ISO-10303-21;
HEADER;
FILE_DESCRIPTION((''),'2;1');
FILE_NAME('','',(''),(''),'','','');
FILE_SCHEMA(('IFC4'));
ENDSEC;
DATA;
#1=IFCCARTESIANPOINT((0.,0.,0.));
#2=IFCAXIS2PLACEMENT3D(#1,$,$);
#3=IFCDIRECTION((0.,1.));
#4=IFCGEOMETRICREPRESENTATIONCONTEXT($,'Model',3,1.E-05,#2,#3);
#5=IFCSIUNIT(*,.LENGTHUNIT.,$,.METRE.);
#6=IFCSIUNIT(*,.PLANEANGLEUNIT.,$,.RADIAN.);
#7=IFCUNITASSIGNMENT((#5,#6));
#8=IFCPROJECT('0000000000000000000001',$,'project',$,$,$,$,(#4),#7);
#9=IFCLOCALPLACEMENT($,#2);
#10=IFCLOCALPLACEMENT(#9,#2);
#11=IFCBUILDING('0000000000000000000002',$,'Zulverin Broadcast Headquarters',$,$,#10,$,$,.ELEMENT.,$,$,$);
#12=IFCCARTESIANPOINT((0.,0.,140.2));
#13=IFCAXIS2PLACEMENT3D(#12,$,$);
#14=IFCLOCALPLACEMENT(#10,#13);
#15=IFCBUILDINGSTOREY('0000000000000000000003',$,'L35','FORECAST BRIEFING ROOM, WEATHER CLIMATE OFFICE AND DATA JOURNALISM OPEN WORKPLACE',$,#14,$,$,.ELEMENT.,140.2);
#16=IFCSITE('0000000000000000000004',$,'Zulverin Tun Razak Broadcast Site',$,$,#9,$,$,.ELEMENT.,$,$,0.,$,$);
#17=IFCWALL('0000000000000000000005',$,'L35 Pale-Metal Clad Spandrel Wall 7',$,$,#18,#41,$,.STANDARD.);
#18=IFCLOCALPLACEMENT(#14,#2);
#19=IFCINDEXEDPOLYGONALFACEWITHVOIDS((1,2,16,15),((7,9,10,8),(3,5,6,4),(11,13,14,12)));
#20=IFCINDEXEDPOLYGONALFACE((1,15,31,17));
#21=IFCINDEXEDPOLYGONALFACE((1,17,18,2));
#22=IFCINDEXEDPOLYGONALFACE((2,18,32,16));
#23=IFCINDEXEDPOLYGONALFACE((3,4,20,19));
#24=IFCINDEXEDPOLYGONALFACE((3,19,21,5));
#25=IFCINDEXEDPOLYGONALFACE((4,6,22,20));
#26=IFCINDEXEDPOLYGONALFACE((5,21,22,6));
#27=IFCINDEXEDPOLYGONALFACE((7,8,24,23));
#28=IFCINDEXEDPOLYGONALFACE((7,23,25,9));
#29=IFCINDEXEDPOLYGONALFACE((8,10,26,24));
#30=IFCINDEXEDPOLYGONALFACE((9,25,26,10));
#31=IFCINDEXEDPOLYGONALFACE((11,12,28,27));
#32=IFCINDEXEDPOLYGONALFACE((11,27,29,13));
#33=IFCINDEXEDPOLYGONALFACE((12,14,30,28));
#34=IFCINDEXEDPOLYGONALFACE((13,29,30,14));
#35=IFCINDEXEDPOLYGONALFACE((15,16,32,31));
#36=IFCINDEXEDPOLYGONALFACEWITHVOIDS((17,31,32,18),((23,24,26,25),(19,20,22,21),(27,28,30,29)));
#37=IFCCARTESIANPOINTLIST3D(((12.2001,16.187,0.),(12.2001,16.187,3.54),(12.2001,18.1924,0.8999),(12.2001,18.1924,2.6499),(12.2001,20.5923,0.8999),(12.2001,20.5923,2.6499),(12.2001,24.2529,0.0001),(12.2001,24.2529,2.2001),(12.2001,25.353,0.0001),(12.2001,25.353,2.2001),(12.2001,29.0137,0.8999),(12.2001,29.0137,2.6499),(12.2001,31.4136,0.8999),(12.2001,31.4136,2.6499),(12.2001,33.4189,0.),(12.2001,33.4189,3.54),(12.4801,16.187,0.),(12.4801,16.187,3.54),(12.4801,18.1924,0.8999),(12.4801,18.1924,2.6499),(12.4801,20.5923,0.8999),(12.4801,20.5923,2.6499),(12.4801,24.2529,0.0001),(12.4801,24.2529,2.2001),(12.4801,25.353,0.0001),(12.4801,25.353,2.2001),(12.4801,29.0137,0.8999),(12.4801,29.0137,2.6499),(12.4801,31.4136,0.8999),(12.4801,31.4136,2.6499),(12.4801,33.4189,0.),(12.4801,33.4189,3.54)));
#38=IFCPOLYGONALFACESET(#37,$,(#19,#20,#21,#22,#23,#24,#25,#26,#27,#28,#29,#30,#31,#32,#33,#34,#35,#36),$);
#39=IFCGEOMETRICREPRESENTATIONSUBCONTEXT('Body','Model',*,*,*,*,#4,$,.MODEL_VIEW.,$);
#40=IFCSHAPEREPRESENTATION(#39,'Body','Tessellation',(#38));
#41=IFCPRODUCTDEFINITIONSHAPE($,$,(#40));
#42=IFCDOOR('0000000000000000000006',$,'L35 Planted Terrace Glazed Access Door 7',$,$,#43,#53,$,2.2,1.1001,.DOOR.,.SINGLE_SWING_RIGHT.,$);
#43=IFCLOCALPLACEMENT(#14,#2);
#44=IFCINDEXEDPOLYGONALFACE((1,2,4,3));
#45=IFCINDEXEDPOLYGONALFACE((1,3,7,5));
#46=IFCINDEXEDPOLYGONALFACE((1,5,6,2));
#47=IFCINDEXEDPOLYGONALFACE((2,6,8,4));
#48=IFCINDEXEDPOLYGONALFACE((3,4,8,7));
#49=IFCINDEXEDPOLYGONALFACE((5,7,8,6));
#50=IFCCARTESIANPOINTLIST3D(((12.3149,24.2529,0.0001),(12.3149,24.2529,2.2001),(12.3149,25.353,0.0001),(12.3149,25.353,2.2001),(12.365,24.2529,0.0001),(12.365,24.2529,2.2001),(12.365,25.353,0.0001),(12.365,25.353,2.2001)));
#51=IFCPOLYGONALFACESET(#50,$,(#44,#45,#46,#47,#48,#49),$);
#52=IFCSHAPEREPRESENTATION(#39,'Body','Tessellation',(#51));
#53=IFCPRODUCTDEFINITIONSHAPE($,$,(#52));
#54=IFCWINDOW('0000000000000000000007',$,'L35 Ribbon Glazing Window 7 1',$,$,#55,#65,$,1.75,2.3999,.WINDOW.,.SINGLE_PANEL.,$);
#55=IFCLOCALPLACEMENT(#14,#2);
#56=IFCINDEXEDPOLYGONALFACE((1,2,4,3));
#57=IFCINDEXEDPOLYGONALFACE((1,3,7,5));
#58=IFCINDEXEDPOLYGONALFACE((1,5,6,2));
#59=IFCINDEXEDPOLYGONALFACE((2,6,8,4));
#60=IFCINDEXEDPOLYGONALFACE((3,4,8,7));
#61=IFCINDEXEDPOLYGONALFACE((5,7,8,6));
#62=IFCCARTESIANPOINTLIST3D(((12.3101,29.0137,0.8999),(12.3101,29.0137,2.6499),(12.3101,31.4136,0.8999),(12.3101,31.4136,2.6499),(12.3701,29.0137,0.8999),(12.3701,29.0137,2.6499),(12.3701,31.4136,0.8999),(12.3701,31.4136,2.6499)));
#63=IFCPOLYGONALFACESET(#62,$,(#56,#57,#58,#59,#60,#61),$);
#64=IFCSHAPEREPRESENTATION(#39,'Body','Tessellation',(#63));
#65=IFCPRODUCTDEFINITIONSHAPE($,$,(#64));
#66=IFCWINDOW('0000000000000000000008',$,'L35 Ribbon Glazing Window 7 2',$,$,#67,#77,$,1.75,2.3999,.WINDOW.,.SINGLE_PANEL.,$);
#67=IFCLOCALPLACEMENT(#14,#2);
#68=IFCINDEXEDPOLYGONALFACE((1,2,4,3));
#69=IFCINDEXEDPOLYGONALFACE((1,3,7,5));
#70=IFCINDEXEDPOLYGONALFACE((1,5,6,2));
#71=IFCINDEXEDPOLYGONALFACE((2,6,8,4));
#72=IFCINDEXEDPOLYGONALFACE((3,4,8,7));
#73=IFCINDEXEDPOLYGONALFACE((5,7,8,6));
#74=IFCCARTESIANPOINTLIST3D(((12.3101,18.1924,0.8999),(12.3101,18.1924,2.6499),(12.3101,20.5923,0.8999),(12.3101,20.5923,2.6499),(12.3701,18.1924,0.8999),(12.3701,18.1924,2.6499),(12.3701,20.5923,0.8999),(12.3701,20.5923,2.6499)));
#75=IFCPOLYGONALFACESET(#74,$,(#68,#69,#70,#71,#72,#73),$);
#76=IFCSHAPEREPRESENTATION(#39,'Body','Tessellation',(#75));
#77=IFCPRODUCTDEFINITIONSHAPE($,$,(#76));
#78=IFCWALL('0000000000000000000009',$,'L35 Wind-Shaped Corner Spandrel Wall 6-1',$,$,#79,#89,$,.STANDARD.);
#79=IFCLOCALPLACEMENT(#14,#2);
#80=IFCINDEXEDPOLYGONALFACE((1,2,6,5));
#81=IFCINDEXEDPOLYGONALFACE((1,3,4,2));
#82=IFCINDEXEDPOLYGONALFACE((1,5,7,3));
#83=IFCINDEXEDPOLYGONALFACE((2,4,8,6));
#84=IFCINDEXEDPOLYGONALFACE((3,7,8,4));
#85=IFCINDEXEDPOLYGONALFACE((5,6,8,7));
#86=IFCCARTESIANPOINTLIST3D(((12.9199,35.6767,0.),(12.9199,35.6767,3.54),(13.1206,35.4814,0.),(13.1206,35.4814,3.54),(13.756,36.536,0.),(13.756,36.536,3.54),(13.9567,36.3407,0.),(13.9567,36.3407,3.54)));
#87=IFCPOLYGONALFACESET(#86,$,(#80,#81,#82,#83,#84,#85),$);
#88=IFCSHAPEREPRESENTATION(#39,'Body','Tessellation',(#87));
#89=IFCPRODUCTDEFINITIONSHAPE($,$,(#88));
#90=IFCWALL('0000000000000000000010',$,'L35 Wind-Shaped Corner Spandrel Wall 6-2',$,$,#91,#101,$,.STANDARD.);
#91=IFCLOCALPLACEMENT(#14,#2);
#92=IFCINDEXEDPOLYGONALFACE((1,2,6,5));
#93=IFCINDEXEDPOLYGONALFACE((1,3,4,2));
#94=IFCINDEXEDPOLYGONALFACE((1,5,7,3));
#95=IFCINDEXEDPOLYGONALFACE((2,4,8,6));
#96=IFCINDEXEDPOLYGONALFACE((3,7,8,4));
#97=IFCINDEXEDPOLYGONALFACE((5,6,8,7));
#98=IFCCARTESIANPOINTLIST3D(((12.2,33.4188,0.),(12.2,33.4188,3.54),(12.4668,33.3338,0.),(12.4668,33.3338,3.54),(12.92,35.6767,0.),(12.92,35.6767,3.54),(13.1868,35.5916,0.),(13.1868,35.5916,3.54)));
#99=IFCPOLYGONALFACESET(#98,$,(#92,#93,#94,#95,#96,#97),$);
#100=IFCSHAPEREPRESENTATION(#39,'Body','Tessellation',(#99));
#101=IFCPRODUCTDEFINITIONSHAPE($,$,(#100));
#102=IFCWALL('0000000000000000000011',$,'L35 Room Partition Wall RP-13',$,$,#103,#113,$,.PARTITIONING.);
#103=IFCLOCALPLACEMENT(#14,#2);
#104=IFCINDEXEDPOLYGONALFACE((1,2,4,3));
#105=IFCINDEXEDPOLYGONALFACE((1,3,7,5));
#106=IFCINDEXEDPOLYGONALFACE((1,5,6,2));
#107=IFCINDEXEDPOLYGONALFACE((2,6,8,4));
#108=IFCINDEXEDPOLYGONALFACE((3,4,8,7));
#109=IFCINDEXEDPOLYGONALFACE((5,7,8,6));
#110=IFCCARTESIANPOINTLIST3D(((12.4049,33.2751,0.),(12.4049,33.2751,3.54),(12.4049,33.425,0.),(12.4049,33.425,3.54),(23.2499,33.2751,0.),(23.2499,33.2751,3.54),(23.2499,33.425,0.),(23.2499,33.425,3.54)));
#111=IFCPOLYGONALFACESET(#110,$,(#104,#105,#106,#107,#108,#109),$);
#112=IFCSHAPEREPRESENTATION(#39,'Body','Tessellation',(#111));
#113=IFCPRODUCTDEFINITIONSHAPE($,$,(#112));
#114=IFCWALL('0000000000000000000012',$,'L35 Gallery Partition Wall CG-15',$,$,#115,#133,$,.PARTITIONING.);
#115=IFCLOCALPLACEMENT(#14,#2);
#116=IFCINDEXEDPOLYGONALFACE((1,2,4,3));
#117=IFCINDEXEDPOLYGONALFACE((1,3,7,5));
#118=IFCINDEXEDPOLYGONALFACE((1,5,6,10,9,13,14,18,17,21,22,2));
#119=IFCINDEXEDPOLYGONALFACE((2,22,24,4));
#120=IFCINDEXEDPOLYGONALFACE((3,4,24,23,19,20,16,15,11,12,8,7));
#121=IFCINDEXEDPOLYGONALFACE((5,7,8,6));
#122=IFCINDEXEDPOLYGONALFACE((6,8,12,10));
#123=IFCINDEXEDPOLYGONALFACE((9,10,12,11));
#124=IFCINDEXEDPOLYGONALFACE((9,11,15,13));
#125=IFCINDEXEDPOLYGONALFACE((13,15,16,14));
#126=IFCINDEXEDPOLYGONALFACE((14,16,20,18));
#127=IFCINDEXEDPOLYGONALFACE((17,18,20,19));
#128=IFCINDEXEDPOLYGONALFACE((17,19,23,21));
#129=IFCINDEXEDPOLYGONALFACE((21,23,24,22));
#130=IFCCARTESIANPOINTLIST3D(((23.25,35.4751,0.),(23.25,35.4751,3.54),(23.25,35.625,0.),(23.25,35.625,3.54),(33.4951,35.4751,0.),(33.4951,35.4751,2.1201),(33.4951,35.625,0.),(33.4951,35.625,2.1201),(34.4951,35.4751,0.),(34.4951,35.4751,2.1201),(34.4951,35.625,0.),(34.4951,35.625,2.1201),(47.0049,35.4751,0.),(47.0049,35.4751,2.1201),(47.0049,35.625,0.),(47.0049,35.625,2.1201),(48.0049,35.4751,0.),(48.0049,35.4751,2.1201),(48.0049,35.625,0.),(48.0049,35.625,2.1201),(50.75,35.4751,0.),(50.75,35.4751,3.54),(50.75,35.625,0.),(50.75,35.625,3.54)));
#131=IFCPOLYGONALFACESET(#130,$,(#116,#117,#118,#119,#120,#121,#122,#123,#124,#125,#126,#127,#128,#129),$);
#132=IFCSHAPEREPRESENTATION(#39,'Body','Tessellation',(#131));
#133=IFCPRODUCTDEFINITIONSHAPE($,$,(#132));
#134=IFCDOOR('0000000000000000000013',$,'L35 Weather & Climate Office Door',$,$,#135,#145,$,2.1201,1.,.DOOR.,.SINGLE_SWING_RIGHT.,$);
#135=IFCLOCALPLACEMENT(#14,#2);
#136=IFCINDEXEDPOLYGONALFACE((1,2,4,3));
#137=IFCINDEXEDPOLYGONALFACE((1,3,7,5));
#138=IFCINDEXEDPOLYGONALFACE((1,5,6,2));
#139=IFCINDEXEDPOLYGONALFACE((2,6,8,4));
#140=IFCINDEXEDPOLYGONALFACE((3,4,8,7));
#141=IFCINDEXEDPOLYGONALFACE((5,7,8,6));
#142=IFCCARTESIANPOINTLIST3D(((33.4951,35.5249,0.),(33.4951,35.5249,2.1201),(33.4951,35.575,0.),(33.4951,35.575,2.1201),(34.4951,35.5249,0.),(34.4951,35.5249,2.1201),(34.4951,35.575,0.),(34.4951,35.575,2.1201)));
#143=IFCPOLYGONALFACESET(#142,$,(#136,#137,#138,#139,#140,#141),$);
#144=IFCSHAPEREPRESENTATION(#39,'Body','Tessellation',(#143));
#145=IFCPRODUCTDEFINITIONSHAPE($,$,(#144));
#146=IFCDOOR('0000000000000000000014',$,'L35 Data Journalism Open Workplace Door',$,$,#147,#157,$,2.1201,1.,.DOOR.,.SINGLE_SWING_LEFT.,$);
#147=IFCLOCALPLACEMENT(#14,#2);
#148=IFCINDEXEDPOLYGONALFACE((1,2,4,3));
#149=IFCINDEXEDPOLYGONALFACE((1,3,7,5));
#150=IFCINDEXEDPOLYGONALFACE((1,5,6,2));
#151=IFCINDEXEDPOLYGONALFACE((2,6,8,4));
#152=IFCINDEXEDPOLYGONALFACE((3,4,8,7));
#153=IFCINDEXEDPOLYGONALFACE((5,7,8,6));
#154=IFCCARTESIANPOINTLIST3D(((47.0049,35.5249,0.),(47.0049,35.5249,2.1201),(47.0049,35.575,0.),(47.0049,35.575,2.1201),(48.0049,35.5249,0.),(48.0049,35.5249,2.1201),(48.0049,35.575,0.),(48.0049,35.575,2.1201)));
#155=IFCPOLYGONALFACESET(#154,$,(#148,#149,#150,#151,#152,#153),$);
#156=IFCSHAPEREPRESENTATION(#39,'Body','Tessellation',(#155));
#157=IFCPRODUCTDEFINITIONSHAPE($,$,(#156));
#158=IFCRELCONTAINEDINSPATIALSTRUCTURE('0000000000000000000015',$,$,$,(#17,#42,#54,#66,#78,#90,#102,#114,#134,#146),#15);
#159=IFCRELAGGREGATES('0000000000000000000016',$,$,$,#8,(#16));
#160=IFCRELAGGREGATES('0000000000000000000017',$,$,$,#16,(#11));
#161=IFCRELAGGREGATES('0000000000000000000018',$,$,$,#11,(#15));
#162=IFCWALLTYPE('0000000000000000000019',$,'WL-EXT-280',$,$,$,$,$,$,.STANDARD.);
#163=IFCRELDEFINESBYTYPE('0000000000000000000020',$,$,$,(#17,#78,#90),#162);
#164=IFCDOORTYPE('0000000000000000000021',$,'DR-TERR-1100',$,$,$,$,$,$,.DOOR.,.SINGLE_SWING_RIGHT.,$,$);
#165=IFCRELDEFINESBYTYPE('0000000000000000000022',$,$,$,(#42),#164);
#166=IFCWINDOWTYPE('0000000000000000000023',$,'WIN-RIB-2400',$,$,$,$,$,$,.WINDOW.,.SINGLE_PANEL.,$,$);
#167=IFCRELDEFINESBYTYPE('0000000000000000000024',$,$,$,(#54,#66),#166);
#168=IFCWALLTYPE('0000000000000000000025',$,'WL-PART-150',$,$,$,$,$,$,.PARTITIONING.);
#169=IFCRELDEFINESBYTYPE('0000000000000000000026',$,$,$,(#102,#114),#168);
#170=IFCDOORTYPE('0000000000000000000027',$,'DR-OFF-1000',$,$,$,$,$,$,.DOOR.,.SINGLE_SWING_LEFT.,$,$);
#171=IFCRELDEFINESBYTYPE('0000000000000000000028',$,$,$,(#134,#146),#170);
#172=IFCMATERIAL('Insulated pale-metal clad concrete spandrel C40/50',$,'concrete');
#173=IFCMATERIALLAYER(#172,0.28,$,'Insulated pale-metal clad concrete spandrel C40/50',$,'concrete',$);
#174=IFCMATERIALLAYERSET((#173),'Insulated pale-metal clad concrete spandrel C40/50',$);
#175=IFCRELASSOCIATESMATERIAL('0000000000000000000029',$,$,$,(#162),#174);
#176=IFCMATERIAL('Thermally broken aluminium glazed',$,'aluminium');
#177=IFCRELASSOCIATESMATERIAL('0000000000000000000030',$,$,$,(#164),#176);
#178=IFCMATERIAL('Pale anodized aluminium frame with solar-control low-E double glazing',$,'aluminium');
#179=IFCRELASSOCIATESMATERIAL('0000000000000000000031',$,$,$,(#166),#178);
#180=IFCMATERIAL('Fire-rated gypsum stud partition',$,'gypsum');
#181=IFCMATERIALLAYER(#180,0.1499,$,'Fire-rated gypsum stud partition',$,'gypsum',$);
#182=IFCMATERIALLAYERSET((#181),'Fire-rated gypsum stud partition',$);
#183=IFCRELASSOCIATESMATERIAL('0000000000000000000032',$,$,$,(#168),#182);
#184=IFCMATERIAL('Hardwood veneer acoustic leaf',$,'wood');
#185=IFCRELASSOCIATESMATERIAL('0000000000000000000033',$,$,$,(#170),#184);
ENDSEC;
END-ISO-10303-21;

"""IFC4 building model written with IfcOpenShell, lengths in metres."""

from ifc_helpers import new_model, si_unit, direction, frame, frame_2d, origin, place, context, subcontext, project, spatial, rectangle, extrude, material, layer, layer_set, type_object, element, fill, save


model = new_model("IFC4")

# Units and contexts
model_context = context("Model", 3, precision=1e-05, world=origin(), true_north=direction((0.0, 1.0)))
body_context = subcontext(model_context, "Body", "Model", "MODEL_VIEW")
ifc_project = project(units=[si_unit("LENGTHUNIT", "METRE"), si_unit("PLANEANGLEUNIT", "RADIAN")], contexts=[model_context])

# Site, building, storey
site_placement = place(None, origin())
site = spatial("IfcSite", under=ifc_project, at=site_placement, Name="Zulverin Tun Razak Broadcast Site", CompositionType="ELEMENT", RefElevation=0.0)
building_placement = place(site_placement, origin())
building = spatial("IfcBuilding", under=site, at=building_placement, Name="Zulverin Broadcast Headquarters", CompositionType="ELEMENT")
storey_placement = place(building_placement, frame((0.0, 0.0, 140.2)))
storey = spatial("IfcBuildingStorey", under=building, at=storey_placement, Name="L35", Description="FORECAST BRIEFING ROOM, WEATHER CLIMATE OFFICE AND DATA JOURNALISM OPEN WORKPLACE", CompositionType="ELEMENT", Elevation=140.2)

# Wall, openings, door, windows
ifc_material_1 = material(Name="Insulated pale-metal clad concrete spandrel C40/50", Category="concrete")
ifc_layer_1 = layer(ifc_material_1, 0.28, Name="Insulated pale-metal clad concrete spandrel C40/50", Category="concrete")
ifc_layer_set_1 = layer_set([ifc_layer_1], Name="Insulated pale-metal clad concrete spandrel C40/50")
wall_type_1 = type_object("IfcWallType", Name="WL-EXT-280", PredefinedType="STANDARD", material=ifc_layer_set_1)
wall_1_placement = place(storey_placement, frame((12.3401, 33.4189, 0.0), z_axis=(0.0, 0.0, 1.0), x_axis=(0.0, -1.0, 0.0)))
wall_1 = element("IfcWall", 1, at=wall_1_placement, inside=storey, type_object=wall_type_1, Name="L35 Pale-Metal Clad Spandrel Wall 7", PredefinedType="STANDARD", context=body_context, shape_type="SweptSolid", body=[
    extrude(rectangle(XDim=17.2319, YDim=0.28, at=frame_2d((8.616, 0.0))), origin(), (0.0, 0.0, 1.0), 3.54),
])
opening_1_placement = place(wall_1_placement, frame((8.0659, 0.0, 0.0)))
opening_1 = element("IfcOpeningElement", 2, at=opening_1_placement, cuts=wall_1, PredefinedType="OPENING", context=body_context, shape_type="SweptSolid", body=[
    extrude(rectangle(XDim=1.1001, YDim=2.2, at=frame_2d((0.55, 1.1001))), frame((0.0, 0.1499, 0.0), z_axis=(0.0, -1.0, 0.0), x_axis=(1.0, 0.0, 0.0)), (0.0, 0.0, 1.0), 0.3),
])
opening_2_placement = place(wall_1_placement, frame((2.0054, 0.0, 0.8999)))
opening_2 = element("IfcOpeningElement", 3, at=opening_2_placement, cuts=wall_1, PredefinedType="OPENING", context=body_context, shape_type="SweptSolid", body=[
    extrude(rectangle(XDim=2.3999, YDim=1.75, at=frame_2d((1.2, 0.875))), frame((0.0, 0.1499, 0.0), z_axis=(0.0, -1.0, 0.0), x_axis=(1.0, 0.0, 0.0)), (0.0, 0.0, 1.0), 0.3),
])
opening_3_placement = place(wall_1_placement, frame((12.8267, 0.0, 0.8999)))
opening_3 = element("IfcOpeningElement", 4, at=opening_3_placement, cuts=wall_1, PredefinedType="OPENING", context=body_context, shape_type="SweptSolid", body=[
    extrude(rectangle(XDim=2.3999, YDim=1.75, at=frame_2d((1.2, 0.875))), frame((0.0, 0.1499, 0.0), z_axis=(0.0, -1.0, 0.0), x_axis=(1.0, 0.0, 0.0)), (0.0, 0.0, 1.0), 0.3),
])
ifc_material_2 = material(Name="Thermally broken aluminium glazed", Category="aluminium")
door_type_1 = type_object("IfcDoorType", Name="DR-TERR-1100", OperationType="SINGLE_SWING_RIGHT", PredefinedType="DOOR", material=ifc_material_2)
door_1_placement = place(opening_1_placement, origin())
door_1 = element("IfcDoor", 5, at=door_1_placement, inside=storey, type_object=door_type_1, Name="L35 Planted Terrace Glazed Access Door 7", OperationType="SINGLE_SWING_RIGHT", OverallHeight=2.2, OverallWidth=1.1001, PredefinedType="DOOR", context=body_context, shape_type="SweptSolid", body=[
    extrude(rectangle(XDim=1.1001, YDim=2.2, at=frame_2d((0.55, 1.1001))), frame((0.0, 0.0249, 0.0), z_axis=(0.0, -1.0, 0.0), x_axis=(1.0, 0.0, 0.0)), (0.0, 0.0, 1.0), 0.05),
])
fill(opening_1, door_1)
ifc_material_3 = material(Name="Pale anodized aluminium frame with solar-control low-E double glazing", Category="aluminium")
window_type = type_object("IfcWindowType", Name="WIN-RIB-2400", PartitioningType="SINGLE_PANEL", PredefinedType="WINDOW", material=ifc_material_3)
window_1_placement = place(opening_2_placement, origin())
window_1 = element("IfcWindow", 6, at=window_1_placement, inside=storey, type_object=window_type, Name="L35 Ribbon Glazing Window 7 1", OverallHeight=1.75, OverallWidth=2.3999, PartitioningType="SINGLE_PANEL", PredefinedType="WINDOW", context=body_context, shape_type="SweptSolid", body=[
    extrude(rectangle(XDim=2.3999, YDim=1.75, at=frame_2d((1.2, 0.875))), frame((0.0, 0.03, 0.0), z_axis=(0.0, -1.0, 0.0), x_axis=(1.0, 0.0, 0.0)), (0.0, 0.0, 1.0), 0.0601),
])
fill(opening_2, window_1)
window_2_placement = place(opening_3_placement, origin())
window_2 = element("IfcWindow", 7, at=window_2_placement, inside=storey, type_object=window_type, Name="L35 Ribbon Glazing Window 7 2", OverallHeight=1.75, OverallWidth=2.3999, PartitioningType="SINGLE_PANEL", PredefinedType="WINDOW", context=body_context, shape_type="SweptSolid", body=[
    extrude(rectangle(XDim=2.3999, YDim=1.75, at=frame_2d((1.2, 0.875))), frame((0.0, 0.03, 0.0), z_axis=(0.0, -1.0, 0.0), x_axis=(1.0, 0.0, 0.0)), (0.0, 0.0, 1.0), 0.0601),
])
fill(opening_3, window_2)

# Walls
wall_2_placement = place(storey_placement, frame((13.8564, 36.4385, 0.0), z_axis=(0.0, 0.0, 1.0), x_axis=(-0.697369, -0.716712, 0.0)))
element("IfcWall", 8, at=wall_2_placement, inside=storey, type_object=wall_type_1, Name="L35 Wind-Shaped Corner Spandrel Wall 6-1", PredefinedType="STANDARD", context=body_context, shape_type="SweptSolid", body=[
    extrude(rectangle(XDim=1.199, YDim=0.28, at=frame_2d((0.5996, 0.0))), origin(), (0.0, 0.0, 1.0), 3.54),
])
wall_3_placement = place(storey_placement, frame((13.0535, 35.6343, 0.0), z_axis=(0.0, 0.0, 1.0), x_axis=(-0.303807, -0.952733, 0.0)))
element("IfcWall", 9, at=wall_3_placement, inside=storey, type_object=wall_type_1, Name="L35 Wind-Shaped Corner Spandrel Wall 6-2", PredefinedType="STANDARD", context=body_context, shape_type="SweptSolid", body=[
    extrude(rectangle(XDim=2.3699, YDim=0.28, at=frame_2d((1.1851, 0.0))), origin(), (0.0, 0.0, 1.0), 3.54),
])
ifc_material_4 = material(Name="Fire-rated gypsum stud partition", Category="gypsum")
ifc_layer_2 = layer(ifc_material_4, 0.1499, Name="Fire-rated gypsum stud partition", Category="gypsum")
ifc_layer_set_2 = layer_set([ifc_layer_2], Name="Fire-rated gypsum stud partition")
wall_type_2 = type_object("IfcWallType", Name="WL-PART-150", PredefinedType="PARTITIONING", material=ifc_layer_set_2)
wall_4_placement = place(storey_placement, frame((12.405, 33.3501, 0.0), z_axis=(0.0, 0.0, 1.0), x_axis=(1.0, 0.0, 0.0)))
element("IfcWall", 10, at=wall_4_placement, inside=storey, type_object=wall_type_2, Name="L35 Room Partition Wall RP-13", PredefinedType="PARTITIONING", context=body_context, shape_type="SweptSolid", body=[
    extrude(rectangle(XDim=10.845, YDim=0.1499, at=frame_2d((5.4224, 0.0))), origin(), (0.0, 0.0, 1.0), 3.54),
])

# Wall, openings, doors
wall_5_placement = place(storey_placement, frame((23.25, 35.55, 0.0), z_axis=(0.0, 0.0, 1.0), x_axis=(1.0, 0.0, 0.0)))
wall_5 = element("IfcWall", 11, at=wall_5_placement, inside=storey, type_object=wall_type_2, Name="L35 Gallery Partition Wall CG-15", PredefinedType="PARTITIONING", context=body_context, shape_type="SweptSolid", body=[
    extrude(rectangle(XDim=27.5, YDim=0.1499, at=frame_2d((13.75, 0.0))), origin(), (0.0, 0.0, 1.0), 3.54),
])
opening_4_placement = place(wall_5_placement, frame((10.2451, 0.0, 0.0)))
opening_4 = element("IfcOpeningElement", 12, at=opening_4_placement, cuts=wall_5, PredefinedType="OPENING", context=body_context, shape_type="SweptSolid", body=[
    extrude(rectangle(XDim=1.0, YDim=2.1201, at=frame_2d((0.5, 1.0601))), frame((0.0, 0.085, 0.0), z_axis=(0.0, -1.0, 0.0), x_axis=(1.0, 0.0, 0.0)), (0.0, 0.0, 1.0), 0.1699),
])
opening_5_placement = place(wall_5_placement, frame((23.7549, 0.0, 0.0)))
opening_5 = element("IfcOpeningElement", 13, at=opening_5_placement, cuts=wall_5, PredefinedType="OPENING", context=body_context, shape_type="SweptSolid", body=[
    extrude(rectangle(XDim=1.0, YDim=2.1201, at=frame_2d((0.5, 1.0601))), frame((0.0, 0.085, 0.0), z_axis=(0.0, -1.0, 0.0), x_axis=(1.0, 0.0, 0.0)), (0.0, 0.0, 1.0), 0.1699),
])
ifc_material_5 = material(Name="Hardwood veneer acoustic leaf", Category="wood")
door_type_2 = type_object("IfcDoorType", Name="DR-OFF-1000", OperationType="SINGLE_SWING_LEFT", PredefinedType="DOOR", material=ifc_material_5)
door_2_placement = place(opening_4_placement, origin())
door_2 = element("IfcDoor", 14, at=door_2_placement, inside=storey, type_object=door_type_2, Name="L35 Weather & Climate Office Door", OperationType="SINGLE_SWING_RIGHT", OverallHeight=2.1201, OverallWidth=1.0, PredefinedType="DOOR", context=body_context, shape_type="SweptSolid", body=[
    extrude(rectangle(XDim=1.0, YDim=2.1201, at=frame_2d((0.5, 1.0601))), frame((0.0, 0.0249, 0.0), z_axis=(0.0, -1.0, 0.0), x_axis=(1.0, 0.0, 0.0)), (0.0, 0.0, 1.0), 0.05),
])
fill(opening_4, door_2)
door_3_placement = place(opening_5_placement, origin())
door_3 = element("IfcDoor", 15, at=door_3_placement, inside=storey, type_object=door_type_2, Name="L35 Data Journalism Open Workplace Door", OperationType="SINGLE_SWING_LEFT", OverallHeight=2.1201, OverallWidth=1.0, PredefinedType="DOOR", context=body_context, shape_type="SweptSolid", body=[
    extrude(rectangle(XDim=1.0, YDim=2.1201, at=frame_2d((0.5, 1.0601))), frame((0.0, 0.0249, 0.0), z_axis=(0.0, -1.0, 0.0), x_axis=(1.0, 0.0, 0.0)), (0.0, 0.0, 1.0), 0.05),
])
fill(opening_5, door_3)

save(model, "model.ifc")
